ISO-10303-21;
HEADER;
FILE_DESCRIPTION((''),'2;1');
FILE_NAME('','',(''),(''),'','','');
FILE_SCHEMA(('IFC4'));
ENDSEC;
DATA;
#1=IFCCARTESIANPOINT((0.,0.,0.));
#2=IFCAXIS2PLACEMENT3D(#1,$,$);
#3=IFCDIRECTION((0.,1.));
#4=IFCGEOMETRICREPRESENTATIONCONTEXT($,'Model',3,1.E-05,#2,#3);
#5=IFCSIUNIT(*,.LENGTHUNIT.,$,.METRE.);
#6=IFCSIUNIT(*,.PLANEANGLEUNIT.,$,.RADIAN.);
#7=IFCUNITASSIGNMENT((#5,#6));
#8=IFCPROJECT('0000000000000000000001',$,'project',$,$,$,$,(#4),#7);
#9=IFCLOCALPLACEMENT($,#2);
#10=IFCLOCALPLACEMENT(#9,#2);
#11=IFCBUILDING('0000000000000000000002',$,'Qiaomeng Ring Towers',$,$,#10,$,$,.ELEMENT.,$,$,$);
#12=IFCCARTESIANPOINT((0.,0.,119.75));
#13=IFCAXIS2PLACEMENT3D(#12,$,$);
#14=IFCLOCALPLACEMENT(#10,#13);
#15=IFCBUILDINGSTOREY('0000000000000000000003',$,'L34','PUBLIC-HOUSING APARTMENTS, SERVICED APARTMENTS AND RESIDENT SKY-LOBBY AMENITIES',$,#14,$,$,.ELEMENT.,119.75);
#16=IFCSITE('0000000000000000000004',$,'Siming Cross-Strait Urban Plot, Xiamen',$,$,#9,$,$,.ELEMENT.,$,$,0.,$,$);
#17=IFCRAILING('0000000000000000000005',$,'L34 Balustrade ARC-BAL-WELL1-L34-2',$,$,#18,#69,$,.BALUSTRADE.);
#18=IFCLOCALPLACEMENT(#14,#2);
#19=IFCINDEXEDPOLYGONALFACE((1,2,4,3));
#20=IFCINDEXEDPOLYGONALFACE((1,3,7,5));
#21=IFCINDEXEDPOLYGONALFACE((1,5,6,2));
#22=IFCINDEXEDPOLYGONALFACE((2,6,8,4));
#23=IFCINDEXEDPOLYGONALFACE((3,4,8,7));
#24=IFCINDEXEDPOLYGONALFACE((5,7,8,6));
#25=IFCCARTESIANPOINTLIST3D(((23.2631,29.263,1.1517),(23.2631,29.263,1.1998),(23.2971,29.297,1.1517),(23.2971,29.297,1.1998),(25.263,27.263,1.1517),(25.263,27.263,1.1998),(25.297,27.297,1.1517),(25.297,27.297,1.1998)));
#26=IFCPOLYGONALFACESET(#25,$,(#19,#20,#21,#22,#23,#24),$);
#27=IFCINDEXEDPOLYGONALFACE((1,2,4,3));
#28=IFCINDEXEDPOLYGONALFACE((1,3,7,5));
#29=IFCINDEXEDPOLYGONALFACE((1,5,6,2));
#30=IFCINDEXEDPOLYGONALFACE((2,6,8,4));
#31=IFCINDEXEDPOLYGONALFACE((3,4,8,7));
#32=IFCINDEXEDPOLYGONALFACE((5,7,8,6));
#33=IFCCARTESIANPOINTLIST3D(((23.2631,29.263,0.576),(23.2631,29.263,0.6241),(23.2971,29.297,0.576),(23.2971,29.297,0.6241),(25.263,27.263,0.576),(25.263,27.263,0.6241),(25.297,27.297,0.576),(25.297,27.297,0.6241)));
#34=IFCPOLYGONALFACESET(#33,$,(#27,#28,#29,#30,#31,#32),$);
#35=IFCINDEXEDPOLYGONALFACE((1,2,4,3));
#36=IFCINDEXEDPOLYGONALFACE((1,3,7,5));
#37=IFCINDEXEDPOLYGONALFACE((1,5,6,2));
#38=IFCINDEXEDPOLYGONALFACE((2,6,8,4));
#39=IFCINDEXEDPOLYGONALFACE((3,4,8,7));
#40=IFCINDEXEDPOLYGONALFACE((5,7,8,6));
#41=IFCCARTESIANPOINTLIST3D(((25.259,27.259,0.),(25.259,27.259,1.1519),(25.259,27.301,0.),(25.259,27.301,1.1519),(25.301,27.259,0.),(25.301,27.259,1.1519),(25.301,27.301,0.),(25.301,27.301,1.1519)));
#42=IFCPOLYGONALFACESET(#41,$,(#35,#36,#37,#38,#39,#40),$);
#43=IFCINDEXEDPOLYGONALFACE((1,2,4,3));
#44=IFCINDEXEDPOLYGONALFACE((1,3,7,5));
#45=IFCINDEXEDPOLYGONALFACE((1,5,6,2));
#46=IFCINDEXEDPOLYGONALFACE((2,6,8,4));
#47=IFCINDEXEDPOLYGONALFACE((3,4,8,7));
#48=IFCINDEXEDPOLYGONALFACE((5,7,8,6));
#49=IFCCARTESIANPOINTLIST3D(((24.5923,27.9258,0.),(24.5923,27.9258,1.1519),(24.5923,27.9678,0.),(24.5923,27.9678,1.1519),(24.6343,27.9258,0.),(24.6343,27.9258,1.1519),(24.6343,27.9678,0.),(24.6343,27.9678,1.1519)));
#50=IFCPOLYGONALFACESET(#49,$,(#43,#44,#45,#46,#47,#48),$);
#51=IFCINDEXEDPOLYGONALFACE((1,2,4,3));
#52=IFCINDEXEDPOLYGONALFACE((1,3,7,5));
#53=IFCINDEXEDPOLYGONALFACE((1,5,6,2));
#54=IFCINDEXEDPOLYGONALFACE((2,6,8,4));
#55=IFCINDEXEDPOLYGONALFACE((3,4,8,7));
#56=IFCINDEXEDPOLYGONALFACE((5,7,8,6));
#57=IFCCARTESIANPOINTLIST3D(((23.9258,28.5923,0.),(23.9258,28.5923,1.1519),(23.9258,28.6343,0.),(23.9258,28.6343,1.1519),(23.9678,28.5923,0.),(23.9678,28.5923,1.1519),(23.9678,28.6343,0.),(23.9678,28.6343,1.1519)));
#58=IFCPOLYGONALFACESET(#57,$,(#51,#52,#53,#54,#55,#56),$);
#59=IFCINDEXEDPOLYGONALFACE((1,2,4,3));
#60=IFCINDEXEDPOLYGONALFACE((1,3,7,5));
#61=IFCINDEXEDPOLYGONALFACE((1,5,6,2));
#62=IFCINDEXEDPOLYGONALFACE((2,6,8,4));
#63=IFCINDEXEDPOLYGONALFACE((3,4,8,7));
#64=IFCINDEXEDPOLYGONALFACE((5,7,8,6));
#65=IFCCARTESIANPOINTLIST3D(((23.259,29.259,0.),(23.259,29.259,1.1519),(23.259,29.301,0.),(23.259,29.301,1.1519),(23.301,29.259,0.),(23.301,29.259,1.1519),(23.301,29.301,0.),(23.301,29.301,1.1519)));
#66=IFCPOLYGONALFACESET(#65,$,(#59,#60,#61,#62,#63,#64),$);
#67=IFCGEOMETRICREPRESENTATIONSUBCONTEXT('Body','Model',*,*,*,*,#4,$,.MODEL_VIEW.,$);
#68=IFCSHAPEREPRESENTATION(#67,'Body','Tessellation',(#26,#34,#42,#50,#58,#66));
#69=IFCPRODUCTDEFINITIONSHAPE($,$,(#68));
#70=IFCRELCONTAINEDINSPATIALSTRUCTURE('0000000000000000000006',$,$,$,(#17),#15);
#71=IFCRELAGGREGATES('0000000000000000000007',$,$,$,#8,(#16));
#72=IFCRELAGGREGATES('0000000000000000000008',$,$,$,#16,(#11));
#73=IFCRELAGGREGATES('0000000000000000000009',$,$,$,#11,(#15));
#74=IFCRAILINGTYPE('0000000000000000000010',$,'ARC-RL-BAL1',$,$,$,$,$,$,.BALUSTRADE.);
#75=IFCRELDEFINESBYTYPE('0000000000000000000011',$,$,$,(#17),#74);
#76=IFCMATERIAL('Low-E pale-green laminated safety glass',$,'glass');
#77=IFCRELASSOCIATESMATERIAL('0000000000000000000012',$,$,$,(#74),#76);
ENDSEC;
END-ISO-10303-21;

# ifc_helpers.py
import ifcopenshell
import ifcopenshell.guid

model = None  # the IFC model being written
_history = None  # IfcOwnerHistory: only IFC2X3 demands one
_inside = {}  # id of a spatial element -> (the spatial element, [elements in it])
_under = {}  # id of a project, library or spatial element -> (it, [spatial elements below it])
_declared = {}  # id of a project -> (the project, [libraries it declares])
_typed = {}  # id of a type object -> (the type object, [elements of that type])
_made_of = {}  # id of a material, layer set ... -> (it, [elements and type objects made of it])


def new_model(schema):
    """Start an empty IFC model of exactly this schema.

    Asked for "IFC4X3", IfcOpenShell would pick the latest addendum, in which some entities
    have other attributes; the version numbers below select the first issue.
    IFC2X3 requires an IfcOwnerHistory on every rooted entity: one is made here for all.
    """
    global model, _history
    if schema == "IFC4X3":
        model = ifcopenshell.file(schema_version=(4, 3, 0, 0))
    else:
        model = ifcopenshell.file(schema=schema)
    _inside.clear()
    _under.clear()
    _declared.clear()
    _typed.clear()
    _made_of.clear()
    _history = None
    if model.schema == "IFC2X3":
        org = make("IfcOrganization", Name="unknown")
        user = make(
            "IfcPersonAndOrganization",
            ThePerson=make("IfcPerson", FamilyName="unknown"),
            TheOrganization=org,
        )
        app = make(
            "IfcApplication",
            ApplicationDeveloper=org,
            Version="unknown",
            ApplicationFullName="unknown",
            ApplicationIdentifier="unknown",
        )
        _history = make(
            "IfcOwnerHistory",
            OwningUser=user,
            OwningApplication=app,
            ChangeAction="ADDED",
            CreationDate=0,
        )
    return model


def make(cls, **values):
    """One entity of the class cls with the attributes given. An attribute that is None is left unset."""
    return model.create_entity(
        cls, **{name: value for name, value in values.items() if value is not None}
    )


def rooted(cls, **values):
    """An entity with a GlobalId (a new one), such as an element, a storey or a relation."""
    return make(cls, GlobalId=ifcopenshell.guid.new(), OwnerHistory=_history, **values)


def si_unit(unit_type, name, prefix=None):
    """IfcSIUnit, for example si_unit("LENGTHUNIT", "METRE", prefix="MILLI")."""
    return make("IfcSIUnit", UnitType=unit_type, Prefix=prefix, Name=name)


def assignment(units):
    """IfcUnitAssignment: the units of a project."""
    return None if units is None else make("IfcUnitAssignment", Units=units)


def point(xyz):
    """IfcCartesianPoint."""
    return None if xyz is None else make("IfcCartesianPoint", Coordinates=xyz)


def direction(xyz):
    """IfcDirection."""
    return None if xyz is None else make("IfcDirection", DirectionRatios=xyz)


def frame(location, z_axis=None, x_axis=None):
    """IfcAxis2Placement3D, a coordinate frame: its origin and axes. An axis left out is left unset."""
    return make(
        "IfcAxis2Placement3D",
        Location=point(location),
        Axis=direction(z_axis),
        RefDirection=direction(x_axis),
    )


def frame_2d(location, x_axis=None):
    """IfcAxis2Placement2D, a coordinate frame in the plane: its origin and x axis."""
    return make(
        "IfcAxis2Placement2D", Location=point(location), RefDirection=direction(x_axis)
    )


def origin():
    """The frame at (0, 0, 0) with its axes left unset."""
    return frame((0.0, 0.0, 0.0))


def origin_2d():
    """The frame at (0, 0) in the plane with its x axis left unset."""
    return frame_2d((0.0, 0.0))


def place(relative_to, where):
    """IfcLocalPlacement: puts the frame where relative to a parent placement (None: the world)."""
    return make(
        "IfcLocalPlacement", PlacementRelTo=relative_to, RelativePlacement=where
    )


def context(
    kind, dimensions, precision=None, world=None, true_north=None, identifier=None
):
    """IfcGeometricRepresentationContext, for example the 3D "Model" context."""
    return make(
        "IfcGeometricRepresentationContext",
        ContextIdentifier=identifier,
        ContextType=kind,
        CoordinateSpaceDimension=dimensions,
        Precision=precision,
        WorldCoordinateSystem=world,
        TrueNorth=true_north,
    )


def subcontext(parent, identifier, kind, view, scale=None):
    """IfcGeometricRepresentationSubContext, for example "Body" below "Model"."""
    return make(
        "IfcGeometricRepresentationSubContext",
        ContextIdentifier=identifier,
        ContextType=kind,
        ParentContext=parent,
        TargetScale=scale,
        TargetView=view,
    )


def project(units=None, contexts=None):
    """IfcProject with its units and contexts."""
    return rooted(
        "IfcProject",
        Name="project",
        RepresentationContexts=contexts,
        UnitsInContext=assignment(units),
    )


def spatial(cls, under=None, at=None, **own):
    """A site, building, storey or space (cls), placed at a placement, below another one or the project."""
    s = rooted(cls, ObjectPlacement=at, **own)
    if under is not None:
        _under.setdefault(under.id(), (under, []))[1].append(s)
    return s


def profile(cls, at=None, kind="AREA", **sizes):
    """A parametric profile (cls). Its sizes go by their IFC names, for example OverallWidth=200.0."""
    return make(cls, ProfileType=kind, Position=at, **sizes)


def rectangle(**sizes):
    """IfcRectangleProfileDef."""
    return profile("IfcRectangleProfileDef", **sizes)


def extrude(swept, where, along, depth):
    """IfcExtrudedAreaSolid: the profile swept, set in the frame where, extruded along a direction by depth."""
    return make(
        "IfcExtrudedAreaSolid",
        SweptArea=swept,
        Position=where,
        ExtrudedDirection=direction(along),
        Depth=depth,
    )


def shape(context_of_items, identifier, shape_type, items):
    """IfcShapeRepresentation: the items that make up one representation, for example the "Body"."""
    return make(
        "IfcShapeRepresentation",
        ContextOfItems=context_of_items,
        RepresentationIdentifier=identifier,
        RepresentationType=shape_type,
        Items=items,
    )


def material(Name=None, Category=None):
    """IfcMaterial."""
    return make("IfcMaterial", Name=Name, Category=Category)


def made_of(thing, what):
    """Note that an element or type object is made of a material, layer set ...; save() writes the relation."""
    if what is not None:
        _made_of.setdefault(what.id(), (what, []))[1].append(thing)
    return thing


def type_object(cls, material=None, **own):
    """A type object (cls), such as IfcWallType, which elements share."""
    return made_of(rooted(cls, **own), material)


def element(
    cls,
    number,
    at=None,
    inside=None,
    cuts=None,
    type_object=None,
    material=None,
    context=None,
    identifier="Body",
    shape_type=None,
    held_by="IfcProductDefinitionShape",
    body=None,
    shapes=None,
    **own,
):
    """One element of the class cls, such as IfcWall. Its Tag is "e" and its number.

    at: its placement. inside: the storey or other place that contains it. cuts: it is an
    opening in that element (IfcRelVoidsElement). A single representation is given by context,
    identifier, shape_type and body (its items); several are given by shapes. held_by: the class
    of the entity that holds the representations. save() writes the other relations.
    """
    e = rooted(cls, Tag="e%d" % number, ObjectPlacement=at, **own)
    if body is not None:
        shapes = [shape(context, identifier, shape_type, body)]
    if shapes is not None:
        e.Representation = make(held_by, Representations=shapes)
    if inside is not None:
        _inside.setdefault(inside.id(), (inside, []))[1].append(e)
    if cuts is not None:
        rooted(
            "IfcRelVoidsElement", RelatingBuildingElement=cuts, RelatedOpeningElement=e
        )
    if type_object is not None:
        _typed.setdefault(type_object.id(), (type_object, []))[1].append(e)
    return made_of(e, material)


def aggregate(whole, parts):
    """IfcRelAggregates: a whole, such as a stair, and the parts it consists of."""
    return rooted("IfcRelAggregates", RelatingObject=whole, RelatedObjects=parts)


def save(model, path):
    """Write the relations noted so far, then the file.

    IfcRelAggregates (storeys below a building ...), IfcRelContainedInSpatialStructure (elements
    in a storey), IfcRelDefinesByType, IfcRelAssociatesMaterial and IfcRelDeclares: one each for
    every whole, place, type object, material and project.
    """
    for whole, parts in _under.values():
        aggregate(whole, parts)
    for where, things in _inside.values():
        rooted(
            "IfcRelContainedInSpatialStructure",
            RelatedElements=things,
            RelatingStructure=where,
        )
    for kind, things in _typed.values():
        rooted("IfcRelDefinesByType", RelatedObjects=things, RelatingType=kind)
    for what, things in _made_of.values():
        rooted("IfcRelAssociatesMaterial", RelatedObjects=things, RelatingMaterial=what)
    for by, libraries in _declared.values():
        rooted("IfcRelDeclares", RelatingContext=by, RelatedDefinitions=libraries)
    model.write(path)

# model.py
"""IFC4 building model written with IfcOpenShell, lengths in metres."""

from ifc_helpers import new_model, si_unit, direction, frame, origin, origin_2d, place, context, subcontext, project, spatial, rectangle, extrude, material, type_object, element, save


model = new_model("IFC4")

# Units and contexts
model_context = context("Model", 3, precision=1e-05, world=origin(), true_north=direction((0.0, 1.0)))
body_context = subcontext(model_context, "Body", "Model", "MODEL_VIEW")
ifc_project = project(units=[si_unit("LENGTHUNIT", "METRE"), si_unit("PLANEANGLEUNIT", "RADIAN")], contexts=[model_context])

# Site, building, storey
site_placement = place(None, origin())
site = spatial("IfcSite", under=ifc_project, at=site_placement, Name="Siming Cross-Strait Urban Plot, Xiamen", CompositionType="ELEMENT", RefElevation=0.0)
building_placement = place(site_placement, origin())
building = spatial("IfcBuilding", under=site, at=building_placement, Name="Qiaomeng Ring Towers", CompositionType="ELEMENT")
storey_placement = place(building_placement, frame((0.0, 0.0, 119.75)))
storey = spatial("IfcBuildingStorey", under=building, at=storey_placement, Name="L34", Description="PUBLIC-HOUSING APARTMENTS, SERVICED APARTMENTS AND RESIDENT SKY-LOBBY AMENITIES", CompositionType="ELEMENT", Elevation=119.75)

# Railing
ifc_material_1 = material(Name="Low-E pale-green laminated safety glass", Category="glass")
railing_type = type_object("IfcRailingType", Name="ARC-RL-BAL1", PredefinedType="BALUSTRADE", material=ifc_material_1)
railing_placement = place(storey_placement, frame((25.28, 27.28, 0.0)))
element("IfcRailing", 1, at=railing_placement, inside=storey, type_object=railing_type, Name="L34 Balustrade ARC-BAL-WELL1-L34-2", PredefinedType="BALUSTRADE", context=body_context, shape_type="SweptSolid", body=[
    extrude(rectangle(XDim=0.0481, YDim=0.0481, at=origin_2d()), frame((0.0, 0.0, 1.1758), z_axis=(-0.707107, 0.707107, 0.0), x_axis=(-0.707107, -0.707107, 0.0)), (0.0, 0.0, 1.0), 2.8284),
    extrude(rectangle(XDim=0.0481, YDim=0.0481, at=origin_2d()), frame((0.0, 0.0, 0.6001), z_axis=(-0.707107, 0.707107, 0.0), x_axis=(-0.707107, -0.707107, 0.0)), (0.0, 0.0, 1.0), 2.8284),
    extrude(rectangle(XDim=0.042, YDim=0.042, at=origin_2d()), origin(), (0.0, 0.0, 1.0), 1.1519),
    extrude(rectangle(XDim=0.042, YDim=0.042, at=origin_2d()), frame((-0.6667, 0.6667, 0.0)), (0.0, 0.0, 1.0), 1.1519),
    extrude(rectangle(XDim=0.042, YDim=0.042, at=origin_2d()), frame((-1.3333, 1.3333, 0.0)), (0.0, 0.0, 1.0), 1.1519),
    extrude(rectangle(XDim=0.042, YDim=0.042, at=origin_2d()), frame((-2.0, 2.0, 0.0)), (0.0, 0.0, 1.0), 1.1519),
])

save(model, "model.ifc")
